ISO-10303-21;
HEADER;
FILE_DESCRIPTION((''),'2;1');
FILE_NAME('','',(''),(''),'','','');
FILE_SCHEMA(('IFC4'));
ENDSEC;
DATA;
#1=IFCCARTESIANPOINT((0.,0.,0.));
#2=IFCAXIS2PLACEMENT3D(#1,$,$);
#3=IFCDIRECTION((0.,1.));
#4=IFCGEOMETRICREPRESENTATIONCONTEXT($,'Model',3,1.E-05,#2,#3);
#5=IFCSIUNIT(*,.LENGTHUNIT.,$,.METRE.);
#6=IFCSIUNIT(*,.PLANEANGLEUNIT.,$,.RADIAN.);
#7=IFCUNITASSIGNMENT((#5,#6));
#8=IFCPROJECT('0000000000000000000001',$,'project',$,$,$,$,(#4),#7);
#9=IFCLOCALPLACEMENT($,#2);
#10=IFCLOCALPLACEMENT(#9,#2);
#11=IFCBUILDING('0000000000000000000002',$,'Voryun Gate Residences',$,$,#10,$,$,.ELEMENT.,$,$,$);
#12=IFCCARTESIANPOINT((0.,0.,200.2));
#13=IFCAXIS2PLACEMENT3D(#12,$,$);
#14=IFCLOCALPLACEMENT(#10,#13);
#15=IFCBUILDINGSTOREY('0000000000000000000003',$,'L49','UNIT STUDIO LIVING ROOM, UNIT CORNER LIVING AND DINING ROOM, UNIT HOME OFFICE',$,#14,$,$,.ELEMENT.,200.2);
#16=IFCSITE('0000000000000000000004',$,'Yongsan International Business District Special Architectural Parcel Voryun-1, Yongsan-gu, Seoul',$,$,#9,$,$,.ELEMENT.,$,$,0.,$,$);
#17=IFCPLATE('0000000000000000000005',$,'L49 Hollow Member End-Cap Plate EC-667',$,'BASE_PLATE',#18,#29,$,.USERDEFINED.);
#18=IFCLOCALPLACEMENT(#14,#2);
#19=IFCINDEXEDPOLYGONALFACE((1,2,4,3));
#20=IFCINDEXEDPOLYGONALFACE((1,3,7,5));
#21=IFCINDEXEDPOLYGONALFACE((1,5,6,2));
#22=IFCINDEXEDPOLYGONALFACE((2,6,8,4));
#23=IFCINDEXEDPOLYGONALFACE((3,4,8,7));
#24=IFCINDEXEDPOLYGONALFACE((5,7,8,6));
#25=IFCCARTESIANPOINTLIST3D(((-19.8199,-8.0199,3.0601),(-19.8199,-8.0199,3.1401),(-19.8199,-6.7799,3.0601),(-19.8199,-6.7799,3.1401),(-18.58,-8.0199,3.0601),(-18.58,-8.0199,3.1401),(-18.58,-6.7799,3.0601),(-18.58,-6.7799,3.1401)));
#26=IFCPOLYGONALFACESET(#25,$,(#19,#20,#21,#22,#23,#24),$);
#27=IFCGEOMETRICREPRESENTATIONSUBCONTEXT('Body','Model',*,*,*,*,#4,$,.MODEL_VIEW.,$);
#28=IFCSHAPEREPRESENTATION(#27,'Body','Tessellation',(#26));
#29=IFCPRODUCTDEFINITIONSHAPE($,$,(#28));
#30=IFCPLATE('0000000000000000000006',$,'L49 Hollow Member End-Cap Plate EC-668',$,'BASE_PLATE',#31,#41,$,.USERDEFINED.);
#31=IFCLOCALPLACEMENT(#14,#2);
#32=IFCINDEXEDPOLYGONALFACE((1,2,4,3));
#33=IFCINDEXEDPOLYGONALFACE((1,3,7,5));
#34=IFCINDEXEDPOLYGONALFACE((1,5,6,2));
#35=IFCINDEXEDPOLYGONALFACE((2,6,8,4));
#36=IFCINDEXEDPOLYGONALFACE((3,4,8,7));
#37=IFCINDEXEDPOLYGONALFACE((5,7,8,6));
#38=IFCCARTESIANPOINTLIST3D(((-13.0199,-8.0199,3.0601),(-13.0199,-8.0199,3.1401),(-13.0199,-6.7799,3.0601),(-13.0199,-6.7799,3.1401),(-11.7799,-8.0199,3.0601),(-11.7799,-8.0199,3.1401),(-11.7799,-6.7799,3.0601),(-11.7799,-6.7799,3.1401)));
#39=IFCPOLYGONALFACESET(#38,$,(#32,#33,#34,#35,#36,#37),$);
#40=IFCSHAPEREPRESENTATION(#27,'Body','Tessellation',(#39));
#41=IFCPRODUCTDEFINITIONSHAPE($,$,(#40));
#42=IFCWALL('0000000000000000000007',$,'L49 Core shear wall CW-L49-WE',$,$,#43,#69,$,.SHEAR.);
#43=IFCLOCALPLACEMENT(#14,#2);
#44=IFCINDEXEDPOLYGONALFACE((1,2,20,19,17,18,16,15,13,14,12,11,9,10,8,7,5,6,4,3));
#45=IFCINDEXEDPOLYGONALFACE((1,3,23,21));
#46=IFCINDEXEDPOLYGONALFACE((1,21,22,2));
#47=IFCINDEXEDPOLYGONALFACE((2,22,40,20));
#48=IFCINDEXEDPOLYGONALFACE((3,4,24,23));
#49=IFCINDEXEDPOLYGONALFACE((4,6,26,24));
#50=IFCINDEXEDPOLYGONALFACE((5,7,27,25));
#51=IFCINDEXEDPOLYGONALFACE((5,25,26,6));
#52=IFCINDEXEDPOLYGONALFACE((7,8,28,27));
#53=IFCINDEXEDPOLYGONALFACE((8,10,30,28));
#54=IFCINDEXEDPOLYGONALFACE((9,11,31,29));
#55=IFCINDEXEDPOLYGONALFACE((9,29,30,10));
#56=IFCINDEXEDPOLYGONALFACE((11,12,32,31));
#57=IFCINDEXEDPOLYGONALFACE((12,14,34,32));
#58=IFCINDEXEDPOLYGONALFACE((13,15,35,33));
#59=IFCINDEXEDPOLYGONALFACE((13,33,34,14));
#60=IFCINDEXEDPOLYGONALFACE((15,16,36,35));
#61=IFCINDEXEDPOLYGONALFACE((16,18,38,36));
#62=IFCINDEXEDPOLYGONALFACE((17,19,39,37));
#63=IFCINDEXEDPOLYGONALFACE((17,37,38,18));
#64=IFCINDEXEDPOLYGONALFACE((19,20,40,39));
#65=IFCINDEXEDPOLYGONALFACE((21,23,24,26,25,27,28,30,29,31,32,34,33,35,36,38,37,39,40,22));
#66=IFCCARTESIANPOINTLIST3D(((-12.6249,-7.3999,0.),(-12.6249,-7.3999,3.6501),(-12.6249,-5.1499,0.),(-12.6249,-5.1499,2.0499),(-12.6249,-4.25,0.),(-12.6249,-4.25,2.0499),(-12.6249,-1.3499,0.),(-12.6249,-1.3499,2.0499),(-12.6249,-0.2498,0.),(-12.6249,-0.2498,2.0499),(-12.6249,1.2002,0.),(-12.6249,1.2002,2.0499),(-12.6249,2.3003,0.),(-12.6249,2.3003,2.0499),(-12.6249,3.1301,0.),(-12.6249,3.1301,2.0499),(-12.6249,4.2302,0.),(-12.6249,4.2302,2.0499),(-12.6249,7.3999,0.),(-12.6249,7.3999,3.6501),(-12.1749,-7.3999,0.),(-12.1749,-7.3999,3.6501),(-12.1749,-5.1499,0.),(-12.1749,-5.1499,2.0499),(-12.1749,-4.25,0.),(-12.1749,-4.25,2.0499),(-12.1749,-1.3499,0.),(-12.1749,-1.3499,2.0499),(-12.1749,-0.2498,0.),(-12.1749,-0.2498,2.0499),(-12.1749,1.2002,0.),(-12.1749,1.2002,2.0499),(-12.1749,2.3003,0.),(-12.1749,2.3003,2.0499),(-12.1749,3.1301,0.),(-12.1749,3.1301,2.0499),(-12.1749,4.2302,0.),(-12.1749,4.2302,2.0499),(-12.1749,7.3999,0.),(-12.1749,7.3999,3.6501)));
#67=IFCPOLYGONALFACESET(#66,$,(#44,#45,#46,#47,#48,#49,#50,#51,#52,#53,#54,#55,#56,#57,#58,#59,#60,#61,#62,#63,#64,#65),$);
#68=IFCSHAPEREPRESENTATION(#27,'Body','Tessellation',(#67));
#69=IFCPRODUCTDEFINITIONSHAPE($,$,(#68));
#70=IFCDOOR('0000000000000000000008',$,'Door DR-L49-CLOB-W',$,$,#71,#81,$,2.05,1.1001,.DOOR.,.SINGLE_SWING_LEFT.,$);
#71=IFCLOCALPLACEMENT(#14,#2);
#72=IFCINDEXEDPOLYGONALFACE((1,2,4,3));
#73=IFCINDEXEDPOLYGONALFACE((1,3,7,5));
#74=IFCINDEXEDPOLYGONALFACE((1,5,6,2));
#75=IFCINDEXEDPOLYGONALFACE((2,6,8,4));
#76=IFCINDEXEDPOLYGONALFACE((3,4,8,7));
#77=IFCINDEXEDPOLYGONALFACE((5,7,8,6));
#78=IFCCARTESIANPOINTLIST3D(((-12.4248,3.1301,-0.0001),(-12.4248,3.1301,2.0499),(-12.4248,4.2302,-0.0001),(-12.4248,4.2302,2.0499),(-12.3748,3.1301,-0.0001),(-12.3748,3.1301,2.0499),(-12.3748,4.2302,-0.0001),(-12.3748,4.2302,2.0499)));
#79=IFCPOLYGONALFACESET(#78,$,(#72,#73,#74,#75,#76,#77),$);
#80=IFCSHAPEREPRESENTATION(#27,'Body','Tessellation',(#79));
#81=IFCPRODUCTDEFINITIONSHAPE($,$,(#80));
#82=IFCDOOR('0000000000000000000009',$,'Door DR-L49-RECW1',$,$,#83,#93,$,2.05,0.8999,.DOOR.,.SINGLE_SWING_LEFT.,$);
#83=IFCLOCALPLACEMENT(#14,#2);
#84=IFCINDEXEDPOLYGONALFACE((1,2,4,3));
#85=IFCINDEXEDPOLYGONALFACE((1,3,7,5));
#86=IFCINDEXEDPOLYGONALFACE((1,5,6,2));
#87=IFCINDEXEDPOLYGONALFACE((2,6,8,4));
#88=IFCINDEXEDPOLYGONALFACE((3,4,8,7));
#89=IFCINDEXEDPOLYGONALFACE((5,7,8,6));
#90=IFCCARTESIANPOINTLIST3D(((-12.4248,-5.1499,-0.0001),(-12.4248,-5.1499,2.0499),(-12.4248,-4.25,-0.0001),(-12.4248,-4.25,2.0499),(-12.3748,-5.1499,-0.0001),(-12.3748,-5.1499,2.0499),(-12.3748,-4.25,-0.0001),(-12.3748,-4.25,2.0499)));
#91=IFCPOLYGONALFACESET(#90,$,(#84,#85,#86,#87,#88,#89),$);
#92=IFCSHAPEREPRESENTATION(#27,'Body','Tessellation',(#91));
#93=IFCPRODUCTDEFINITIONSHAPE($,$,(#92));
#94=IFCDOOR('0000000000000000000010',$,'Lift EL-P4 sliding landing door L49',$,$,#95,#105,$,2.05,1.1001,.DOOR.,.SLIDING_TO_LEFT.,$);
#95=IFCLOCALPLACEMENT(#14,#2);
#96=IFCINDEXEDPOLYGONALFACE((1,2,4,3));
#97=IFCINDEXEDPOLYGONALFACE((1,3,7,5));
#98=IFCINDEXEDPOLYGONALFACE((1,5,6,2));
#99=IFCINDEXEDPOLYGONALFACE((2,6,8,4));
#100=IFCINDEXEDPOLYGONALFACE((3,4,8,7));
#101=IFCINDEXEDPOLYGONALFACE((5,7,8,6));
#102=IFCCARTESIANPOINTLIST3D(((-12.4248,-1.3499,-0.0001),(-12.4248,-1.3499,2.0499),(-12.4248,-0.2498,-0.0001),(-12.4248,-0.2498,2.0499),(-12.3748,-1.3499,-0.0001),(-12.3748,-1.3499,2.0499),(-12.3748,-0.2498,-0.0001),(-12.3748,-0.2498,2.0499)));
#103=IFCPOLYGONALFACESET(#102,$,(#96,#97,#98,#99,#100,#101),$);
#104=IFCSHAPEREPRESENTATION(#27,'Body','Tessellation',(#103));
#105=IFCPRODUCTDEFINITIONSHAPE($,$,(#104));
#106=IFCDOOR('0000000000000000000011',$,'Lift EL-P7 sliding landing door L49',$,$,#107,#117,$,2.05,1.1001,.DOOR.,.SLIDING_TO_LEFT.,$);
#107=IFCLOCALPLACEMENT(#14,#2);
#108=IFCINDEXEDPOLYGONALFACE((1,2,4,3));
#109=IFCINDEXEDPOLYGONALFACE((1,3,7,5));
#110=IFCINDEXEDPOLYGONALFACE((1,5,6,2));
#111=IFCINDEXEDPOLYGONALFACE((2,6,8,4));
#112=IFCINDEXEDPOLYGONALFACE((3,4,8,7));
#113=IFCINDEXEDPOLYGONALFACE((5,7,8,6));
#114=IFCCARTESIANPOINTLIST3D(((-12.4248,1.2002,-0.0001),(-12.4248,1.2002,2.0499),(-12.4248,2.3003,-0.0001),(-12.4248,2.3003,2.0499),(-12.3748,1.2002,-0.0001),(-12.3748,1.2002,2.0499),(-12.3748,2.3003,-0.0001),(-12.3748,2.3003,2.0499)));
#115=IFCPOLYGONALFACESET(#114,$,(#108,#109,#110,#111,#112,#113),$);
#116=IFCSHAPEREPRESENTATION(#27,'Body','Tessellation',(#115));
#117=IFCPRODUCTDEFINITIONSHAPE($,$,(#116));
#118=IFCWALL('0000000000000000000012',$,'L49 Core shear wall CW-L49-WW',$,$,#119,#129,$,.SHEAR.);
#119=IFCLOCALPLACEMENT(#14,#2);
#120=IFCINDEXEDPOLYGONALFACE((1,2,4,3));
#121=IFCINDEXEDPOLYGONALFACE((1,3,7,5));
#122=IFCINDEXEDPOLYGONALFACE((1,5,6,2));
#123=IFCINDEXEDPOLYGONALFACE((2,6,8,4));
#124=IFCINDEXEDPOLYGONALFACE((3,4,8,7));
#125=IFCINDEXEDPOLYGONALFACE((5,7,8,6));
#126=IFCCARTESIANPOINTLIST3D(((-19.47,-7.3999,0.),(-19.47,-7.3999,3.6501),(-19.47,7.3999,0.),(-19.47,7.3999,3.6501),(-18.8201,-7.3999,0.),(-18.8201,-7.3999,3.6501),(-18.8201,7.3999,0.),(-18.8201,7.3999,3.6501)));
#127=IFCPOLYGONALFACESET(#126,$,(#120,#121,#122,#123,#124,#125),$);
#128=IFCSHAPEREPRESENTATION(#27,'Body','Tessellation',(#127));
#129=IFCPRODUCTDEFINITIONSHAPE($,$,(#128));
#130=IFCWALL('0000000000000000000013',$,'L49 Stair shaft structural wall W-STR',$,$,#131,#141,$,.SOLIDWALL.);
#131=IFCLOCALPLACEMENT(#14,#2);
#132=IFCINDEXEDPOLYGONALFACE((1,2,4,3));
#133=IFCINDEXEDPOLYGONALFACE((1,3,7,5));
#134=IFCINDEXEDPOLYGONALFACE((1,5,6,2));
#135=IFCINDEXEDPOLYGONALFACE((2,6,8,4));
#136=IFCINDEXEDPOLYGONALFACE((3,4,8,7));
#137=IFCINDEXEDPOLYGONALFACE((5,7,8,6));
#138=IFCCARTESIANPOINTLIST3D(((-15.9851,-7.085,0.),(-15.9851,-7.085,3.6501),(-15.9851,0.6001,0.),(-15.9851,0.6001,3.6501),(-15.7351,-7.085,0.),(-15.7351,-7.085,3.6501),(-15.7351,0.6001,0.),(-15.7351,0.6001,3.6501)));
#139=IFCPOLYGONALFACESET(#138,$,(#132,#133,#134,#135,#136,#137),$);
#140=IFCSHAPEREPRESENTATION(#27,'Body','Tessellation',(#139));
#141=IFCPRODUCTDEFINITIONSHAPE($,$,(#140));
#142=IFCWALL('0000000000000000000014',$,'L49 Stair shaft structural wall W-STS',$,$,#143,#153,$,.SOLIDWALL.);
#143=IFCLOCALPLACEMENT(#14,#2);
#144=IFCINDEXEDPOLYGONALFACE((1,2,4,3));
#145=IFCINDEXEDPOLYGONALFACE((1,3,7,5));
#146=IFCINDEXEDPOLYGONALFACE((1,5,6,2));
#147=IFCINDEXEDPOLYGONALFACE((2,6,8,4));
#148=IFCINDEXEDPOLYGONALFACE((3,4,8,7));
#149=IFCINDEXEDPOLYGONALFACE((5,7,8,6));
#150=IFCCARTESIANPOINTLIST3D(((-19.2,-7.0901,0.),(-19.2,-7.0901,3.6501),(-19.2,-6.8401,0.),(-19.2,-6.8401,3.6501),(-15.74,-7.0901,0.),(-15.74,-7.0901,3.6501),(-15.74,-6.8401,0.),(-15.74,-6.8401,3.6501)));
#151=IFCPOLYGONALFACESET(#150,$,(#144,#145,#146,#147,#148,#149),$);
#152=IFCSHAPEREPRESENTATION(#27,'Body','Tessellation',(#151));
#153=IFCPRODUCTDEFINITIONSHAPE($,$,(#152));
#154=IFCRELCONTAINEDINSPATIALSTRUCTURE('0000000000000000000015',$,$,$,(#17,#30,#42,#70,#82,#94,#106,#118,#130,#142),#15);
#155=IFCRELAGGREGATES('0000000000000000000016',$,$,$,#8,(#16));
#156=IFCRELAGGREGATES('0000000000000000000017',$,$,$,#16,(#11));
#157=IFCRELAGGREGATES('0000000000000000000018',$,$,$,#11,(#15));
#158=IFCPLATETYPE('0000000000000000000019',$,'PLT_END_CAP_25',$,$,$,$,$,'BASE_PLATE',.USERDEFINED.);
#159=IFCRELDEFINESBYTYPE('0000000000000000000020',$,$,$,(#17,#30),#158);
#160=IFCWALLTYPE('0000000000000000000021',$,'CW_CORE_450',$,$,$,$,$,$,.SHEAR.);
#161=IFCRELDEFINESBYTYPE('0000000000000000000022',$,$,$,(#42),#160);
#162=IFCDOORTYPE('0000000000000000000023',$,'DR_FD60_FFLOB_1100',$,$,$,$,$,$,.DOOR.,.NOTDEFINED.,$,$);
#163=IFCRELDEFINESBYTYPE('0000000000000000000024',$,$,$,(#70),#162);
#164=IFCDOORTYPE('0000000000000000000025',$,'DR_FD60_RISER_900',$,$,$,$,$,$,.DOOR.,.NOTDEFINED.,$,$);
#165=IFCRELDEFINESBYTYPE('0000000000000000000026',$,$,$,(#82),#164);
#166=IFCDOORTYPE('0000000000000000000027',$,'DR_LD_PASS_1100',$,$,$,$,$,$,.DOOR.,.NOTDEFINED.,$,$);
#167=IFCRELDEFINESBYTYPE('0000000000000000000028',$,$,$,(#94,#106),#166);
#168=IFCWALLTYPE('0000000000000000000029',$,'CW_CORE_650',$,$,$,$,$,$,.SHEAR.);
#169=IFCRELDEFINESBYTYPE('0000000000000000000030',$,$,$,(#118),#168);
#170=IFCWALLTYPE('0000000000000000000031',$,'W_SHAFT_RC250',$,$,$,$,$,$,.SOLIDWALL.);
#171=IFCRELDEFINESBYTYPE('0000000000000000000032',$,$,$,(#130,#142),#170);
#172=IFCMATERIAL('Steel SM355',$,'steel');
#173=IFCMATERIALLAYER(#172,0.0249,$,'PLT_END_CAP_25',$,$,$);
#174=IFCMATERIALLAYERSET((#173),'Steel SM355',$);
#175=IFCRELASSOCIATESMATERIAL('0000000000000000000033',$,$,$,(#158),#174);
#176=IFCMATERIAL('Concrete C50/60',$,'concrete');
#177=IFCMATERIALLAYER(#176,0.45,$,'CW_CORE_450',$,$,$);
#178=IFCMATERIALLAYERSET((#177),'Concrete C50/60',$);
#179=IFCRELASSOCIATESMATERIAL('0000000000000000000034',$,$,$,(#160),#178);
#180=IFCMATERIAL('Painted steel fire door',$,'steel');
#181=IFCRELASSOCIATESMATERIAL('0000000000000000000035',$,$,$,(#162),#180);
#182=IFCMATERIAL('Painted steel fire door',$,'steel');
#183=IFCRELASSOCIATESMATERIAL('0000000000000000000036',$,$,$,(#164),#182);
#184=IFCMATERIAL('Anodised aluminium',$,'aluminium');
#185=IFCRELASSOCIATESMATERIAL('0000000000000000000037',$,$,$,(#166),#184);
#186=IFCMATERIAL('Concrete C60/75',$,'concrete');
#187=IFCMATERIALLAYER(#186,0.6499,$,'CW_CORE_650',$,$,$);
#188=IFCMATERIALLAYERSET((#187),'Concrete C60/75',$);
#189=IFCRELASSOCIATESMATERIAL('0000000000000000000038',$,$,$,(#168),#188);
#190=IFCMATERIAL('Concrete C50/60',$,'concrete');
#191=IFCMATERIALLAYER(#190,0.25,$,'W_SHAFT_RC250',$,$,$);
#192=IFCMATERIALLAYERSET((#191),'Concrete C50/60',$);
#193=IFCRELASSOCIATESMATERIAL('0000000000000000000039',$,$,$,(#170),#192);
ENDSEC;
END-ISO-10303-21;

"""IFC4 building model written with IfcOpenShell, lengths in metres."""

from ifc_helpers import new_model, si_unit, direction, frame, frame_2d, origin, origin_2d, place, context, subcontext, project, spatial, rectangle, extrude, material, layer, layer_set, type_object, element, fill, save


model = new_model("IFC4")

# Units and contexts
model_context = context("Model", 3, precision=1e-05, world=origin(), true_north=direction((0.0, 1.0)))
body_context = subcontext(model_context, "Body", "Model", "MODEL_VIEW")
ifc_project = project(units=[si_unit("LENGTHUNIT", "METRE"), si_unit("PLANEANGLEUNIT", "RADIAN")], contexts=[model_context])

# Site, building, storey
site_placement = place(None, origin())
site = spatial("IfcSite", under=ifc_project, at=site_placement, Name="Yongsan International Business District Special Architectural Parcel Voryun-1, Yongsan-gu, Seoul", CompositionType="ELEMENT", RefElevation=0.0)
building_placement = place(site_placement, origin())
building = spatial("IfcBuilding", under=site, at=building_placement, Name="Voryun Gate Residences", CompositionType="ELEMENT")
storey_placement = place(building_placement, frame((0.0, 0.0, 200.2)))
storey = spatial("IfcBuildingStorey", under=building, at=storey_placement, Name="L49", Description="UNIT STUDIO LIVING ROOM, UNIT CORNER LIVING AND DINING ROOM, UNIT HOME OFFICE", CompositionType="ELEMENT", Elevation=200.2)

# Plates
ifc_material_1 = material(Name="Steel SM355", Category="steel")
ifc_layer_1 = layer(ifc_material_1, 0.0249, Name="PLT_END_CAP_25")
ifc_layer_set_1 = layer_set([ifc_layer_1], Name="Steel SM355")
plate_type = type_object("IfcPlateType", Name="PLT_END_CAP_25", ElementType="BASE_PLATE", PredefinedType="USERDEFINED", material=ifc_layer_set_1)
for number, where, z_axis, x_axis, name in (
    (1, (-19.2, -7.3999, 3.0601), (0.0, 0.0, 1.0), (1.0, 0.0, 0.0), "L49 Hollow Member End-Cap Plate EC-667"),
    (2, (-12.3999, -7.3999, 3.0601), (0.0, 0.0, 1.0), (1.0, 0.0, 0.0), "L49 Hollow Member End-Cap Plate EC-668"),
):
    element("IfcPlate", number, at=place(storey_placement, frame(where, z_axis=z_axis, x_axis=x_axis)), inside=storey, type_object=plate_type, Name=name, ObjectType="BASE_PLATE", PredefinedType="USERDEFINED", context=body_context, shape_type="SweptSolid", body=[
        extrude(rectangle(XDim=1.24, YDim=1.24, at=origin_2d()), origin(), (0.0, 0.0, 1.0), 0.0801),
    ])

# Wall, openings, doors
ifc_material_2 = material(Name="Concrete C50/60", Category="concrete")
ifc_layer_2 = layer(ifc_material_2, 0.45, Name="CW_CORE_450")
ifc_layer_set_2 = layer_set([ifc_layer_2], Name="Concrete C50/60")
wall_type_1 = type_object("IfcWallType", Name="CW_CORE_450", PredefinedType="SHEAR", material=ifc_layer_set_2)
wall_1_placement = place(storey_placement, frame((-12.3999, -7.3999, 0.0), z_axis=(0.0, 0.0, 1.0), x_axis=(0.0, 1.0, 0.0)))
wall_1 = element("IfcWall", 3, at=wall_1_placement, inside=storey, type_object=wall_type_1, Name="L49 Core shear wall CW-L49-WE", PredefinedType="SHEAR", context=body_context, shape_type="SweptSolid", body=[
    extrude(rectangle(XDim=14.7998, YDim=0.45, at=frame_2d((7.3999, 0.0))), origin(), (0.0, 0.0, 1.0), 3.6501),
])
opening_1_placement = place(wall_1_placement, frame((6.05, 0.0, 0.0)))
opening_1 = element("IfcOpeningElement", 4, at=opening_1_placement, cuts=wall_1, PredefinedType="OPENING", context=body_context, shape_type="SweptSolid", body=[
    extrude(rectangle(XDim=1.1001, YDim=2.05, at=frame_2d((0.55, 1.0249))), frame((0.0, 0.2351, 0.0), z_axis=(0.0, -1.0, 0.0), x_axis=(1.0, 0.0, 0.0)), (0.0, 0.0, 1.0), 0.47),
])
opening_2_placement = place(wall_1_placement, frame((8.6001, 0.0, 0.0)))
opening_2 = element("IfcOpeningElement", 5, at=opening_2_placement, cuts=wall_1, PredefinedType="OPENING", context=body_context, shape_type="SweptSolid", body=[
    extrude(rectangle(XDim=1.1001, YDim=2.05, at=frame_2d((0.55, 1.0249))), frame((0.0, 0.2351, 0.0), z_axis=(0.0, -1.0, 0.0), x_axis=(1.0, 0.0, 0.0)), (0.0, 0.0, 1.0), 0.47),
])
opening_3_placement = place(wall_1_placement, frame((10.53, 0.0, 0.0)))
opening_3 = element("IfcOpeningElement", 6, at=opening_3_placement, cuts=wall_1, PredefinedType="OPENING", context=body_context, shape_type="SweptSolid", body=[
    extrude(rectangle(XDim=1.1001, YDim=2.05, at=frame_2d((0.55, 1.0249))), frame((0.0, 0.2351, 0.0), z_axis=(0.0, -1.0, 0.0), x_axis=(1.0, 0.0, 0.0)), (0.0, 0.0, 1.0), 0.47),
])
opening_4_placement = place(wall_1_placement, frame((2.25, 0.0, 0.0)))
opening_4 = element("IfcOpeningElement", 7, at=opening_4_placement, cuts=wall_1, PredefinedType="OPENING", context=body_context, shape_type="SweptSolid", body=[
    extrude(rectangle(XDim=0.8999, YDim=2.05, at=frame_2d((0.45, 1.0249))), frame((0.0, 0.2351, 0.0), z_axis=(0.0, -1.0, 0.0), x_axis=(1.0, 0.0, 0.0)), (0.0, 0.0, 1.0), 0.47),
])
ifc_material_3 = material(Name="Painted steel fire door", Category="steel")
door_type_1 = type_object("IfcDoorType", Name="DR_FD60_FFLOB_1100", OperationType="NOTDEFINED", PredefinedType="DOOR", material=ifc_material_3)
door_1_placement = place(opening_3_placement, origin())
door_1 = element("IfcDoor", 8, at=door_1_placement, inside=storey, type_object=door_type_1, Name="Door DR-L49-CLOB-W", OperationType="SINGLE_SWING_LEFT", OverallHeight=2.05, OverallWidth=1.1001, PredefinedType="DOOR", context=body_context, shape_type="SweptSolid", body=[
    extrude(rectangle(XDim=1.1001, YDim=2.05, at=frame_2d((0.55, 1.0249))), frame((0.0, 0.0249, 0.0), z_axis=(0.0, -1.0, 0.0), x_axis=(1.0, 0.0, 0.0)), (0.0, 0.0, 1.0), 0.05),
])
fill(opening_3, door_1)
ifc_material_4 = material(Name="Painted steel fire door", Category="steel")
door_type_2 = type_object("IfcDoorType", Name="DR_FD60_RISER_900", OperationType="NOTDEFINED", PredefinedType="DOOR", material=ifc_material_4)
door_2_placement = place(opening_4_placement, origin())
door_2 = element("IfcDoor", 9, at=door_2_placement, inside=storey, type_object=door_type_2, Name="Door DR-L49-RECW1", OperationType="SINGLE_SWING_LEFT", OverallHeight=2.05, OverallWidth=0.8999, PredefinedType="DOOR", context=body_context, shape_type="SweptSolid", body=[
    extrude(rectangle(XDim=0.8999, YDim=2.05, at=frame_2d((0.45, 1.0249))), frame((0.0, 0.0249, 0.0), z_axis=(0.0, -1.0, 0.0), x_axis=(1.0, 0.0, 0.0)), (0.0, 0.0, 1.0), 0.05),
])
fill(opening_4, door_2)
ifc_material_5 = material(Name="Anodised aluminium", Category="aluminium")
door_type_3 = type_object("IfcDoorType", Name="DR_LD_PASS_1100", OperationType="NOTDEFINED", PredefinedType="DOOR", material=ifc_material_5)
door_3_placement = place(opening_1_placement, origin())
door_3 = element("IfcDoor", 10, at=door_3_placement, inside=storey, type_object=door_type_3, Name="Lift EL-P4 sliding landing door L49", OperationType="SLIDING_TO_LEFT", OverallHeight=2.05, OverallWidth=1.1001, PredefinedType="DOOR", context=body_context, shape_type="SweptSolid", body=[
    extrude(rectangle(XDim=1.1001, YDim=2.05, at=frame_2d((0.55, 1.0249))), frame((0.0, 0.0249, 0.0), z_axis=(0.0, -1.0, 0.0), x_axis=(1.0, 0.0, 0.0)), (0.0, 0.0, 1.0), 0.05),
])
fill(opening_1, door_3)
door_4_placement = place(opening_2_placement, origin())
door_4 = element("IfcDoor", 11, at=door_4_placement, inside=storey, type_object=door_type_3, Name="Lift EL-P7 sliding landing door L49", OperationType="SLIDING_TO_LEFT", OverallHeight=2.05, OverallWidth=1.1001, PredefinedType="DOOR", context=body_context, shape_type="SweptSolid", body=[
    extrude(rectangle(XDim=1.1001, YDim=2.05, at=frame_2d((0.55, 1.0249))), frame((0.0, 0.0249, 0.0), z_axis=(0.0, -1.0, 0.0), x_axis=(1.0, 0.0, 0.0)), (0.0, 0.0, 1.0), 0.05),
])
fill(opening_2, door_4)

# Walls
ifc_material_6 = material(Name="Concrete C60/75", Category="concrete")
ifc_layer_3 = layer(ifc_material_6, 0.6499, Name="CW_CORE_650")
ifc_layer_set_3 = layer_set([ifc_layer_3], Name="Concrete C60/75")
wall_type_2 = type_object("IfcWallType", Name="CW_CORE_650", PredefinedType="SHEAR", material=ifc_layer_set_3)
wall_2_placement = place(storey_placement, frame((-19.145, -7.3999, 0.0), z_axis=(0.0, 0.0, 1.0), x_axis=(0.0, 1.0, 0.0)))
element("IfcWall", 12, at=wall_2_placement, inside=storey, type_object=wall_type_2, Name="L49 Core shear wall CW-L49-WW", PredefinedType="SHEAR", context=body_context, shape_type="SweptSolid", body=[
    extrude(rectangle(XDim=14.7998, YDim=0.6499, at=frame_2d((7.3999, 0.0))), origin(), (0.0, 0.0, 1.0), 3.6501),
])
ifc_material_7 = material(Name="Concrete C50/60", Category="concrete")
ifc_layer_4 = layer(ifc_material_7, 0.25, Name="W_SHAFT_RC250")
ifc_layer_set_4 = layer_set([ifc_layer_4], Name="Concrete C50/60")
wall_type_3 = type_object("IfcWallType", Name="W_SHAFT_RC250", PredefinedType="SOLIDWALL", material=ifc_layer_set_4)
wall_3_placement = place(storey_placement, frame((-15.8601, -7.085, 0.0), z_axis=(0.0, 0.0, 1.0), x_axis=(0.0, 1.0, 0.0)))
element("IfcWall", 13, at=wall_3_placement, inside=storey, type_object=wall_type_3, Name="L49 Stair shaft structural wall W-STR", PredefinedType="SOLIDWALL", context=body_context, shape_type="SweptSolid", body=[
    extrude(rectangle(XDim=7.6851, YDim=0.25, at=frame_2d((3.8425, 0.0))), origin(), (0.0, 0.0, 1.0), 3.6501),
])
wall_4_placement = place(storey_placement, frame((-19.2, -6.9651, 0.0), z_axis=(0.0, 0.0, 1.0), x_axis=(1.0, 0.0, 0.0)))
element("IfcWall", 14, at=wall_4_placement, inside=storey, type_object=wall_type_3, Name="L49 Stair shaft structural wall W-STS", PredefinedType="SOLIDWALL", context=body_context, shape_type="SweptSolid", body=[
    extrude(rectangle(XDim=3.46, YDim=0.25, at=frame_2d((1.73, 0.0))), origin(), (0.0, 0.0, 1.0), 3.6501),
])

save(model, "model.ifc")
